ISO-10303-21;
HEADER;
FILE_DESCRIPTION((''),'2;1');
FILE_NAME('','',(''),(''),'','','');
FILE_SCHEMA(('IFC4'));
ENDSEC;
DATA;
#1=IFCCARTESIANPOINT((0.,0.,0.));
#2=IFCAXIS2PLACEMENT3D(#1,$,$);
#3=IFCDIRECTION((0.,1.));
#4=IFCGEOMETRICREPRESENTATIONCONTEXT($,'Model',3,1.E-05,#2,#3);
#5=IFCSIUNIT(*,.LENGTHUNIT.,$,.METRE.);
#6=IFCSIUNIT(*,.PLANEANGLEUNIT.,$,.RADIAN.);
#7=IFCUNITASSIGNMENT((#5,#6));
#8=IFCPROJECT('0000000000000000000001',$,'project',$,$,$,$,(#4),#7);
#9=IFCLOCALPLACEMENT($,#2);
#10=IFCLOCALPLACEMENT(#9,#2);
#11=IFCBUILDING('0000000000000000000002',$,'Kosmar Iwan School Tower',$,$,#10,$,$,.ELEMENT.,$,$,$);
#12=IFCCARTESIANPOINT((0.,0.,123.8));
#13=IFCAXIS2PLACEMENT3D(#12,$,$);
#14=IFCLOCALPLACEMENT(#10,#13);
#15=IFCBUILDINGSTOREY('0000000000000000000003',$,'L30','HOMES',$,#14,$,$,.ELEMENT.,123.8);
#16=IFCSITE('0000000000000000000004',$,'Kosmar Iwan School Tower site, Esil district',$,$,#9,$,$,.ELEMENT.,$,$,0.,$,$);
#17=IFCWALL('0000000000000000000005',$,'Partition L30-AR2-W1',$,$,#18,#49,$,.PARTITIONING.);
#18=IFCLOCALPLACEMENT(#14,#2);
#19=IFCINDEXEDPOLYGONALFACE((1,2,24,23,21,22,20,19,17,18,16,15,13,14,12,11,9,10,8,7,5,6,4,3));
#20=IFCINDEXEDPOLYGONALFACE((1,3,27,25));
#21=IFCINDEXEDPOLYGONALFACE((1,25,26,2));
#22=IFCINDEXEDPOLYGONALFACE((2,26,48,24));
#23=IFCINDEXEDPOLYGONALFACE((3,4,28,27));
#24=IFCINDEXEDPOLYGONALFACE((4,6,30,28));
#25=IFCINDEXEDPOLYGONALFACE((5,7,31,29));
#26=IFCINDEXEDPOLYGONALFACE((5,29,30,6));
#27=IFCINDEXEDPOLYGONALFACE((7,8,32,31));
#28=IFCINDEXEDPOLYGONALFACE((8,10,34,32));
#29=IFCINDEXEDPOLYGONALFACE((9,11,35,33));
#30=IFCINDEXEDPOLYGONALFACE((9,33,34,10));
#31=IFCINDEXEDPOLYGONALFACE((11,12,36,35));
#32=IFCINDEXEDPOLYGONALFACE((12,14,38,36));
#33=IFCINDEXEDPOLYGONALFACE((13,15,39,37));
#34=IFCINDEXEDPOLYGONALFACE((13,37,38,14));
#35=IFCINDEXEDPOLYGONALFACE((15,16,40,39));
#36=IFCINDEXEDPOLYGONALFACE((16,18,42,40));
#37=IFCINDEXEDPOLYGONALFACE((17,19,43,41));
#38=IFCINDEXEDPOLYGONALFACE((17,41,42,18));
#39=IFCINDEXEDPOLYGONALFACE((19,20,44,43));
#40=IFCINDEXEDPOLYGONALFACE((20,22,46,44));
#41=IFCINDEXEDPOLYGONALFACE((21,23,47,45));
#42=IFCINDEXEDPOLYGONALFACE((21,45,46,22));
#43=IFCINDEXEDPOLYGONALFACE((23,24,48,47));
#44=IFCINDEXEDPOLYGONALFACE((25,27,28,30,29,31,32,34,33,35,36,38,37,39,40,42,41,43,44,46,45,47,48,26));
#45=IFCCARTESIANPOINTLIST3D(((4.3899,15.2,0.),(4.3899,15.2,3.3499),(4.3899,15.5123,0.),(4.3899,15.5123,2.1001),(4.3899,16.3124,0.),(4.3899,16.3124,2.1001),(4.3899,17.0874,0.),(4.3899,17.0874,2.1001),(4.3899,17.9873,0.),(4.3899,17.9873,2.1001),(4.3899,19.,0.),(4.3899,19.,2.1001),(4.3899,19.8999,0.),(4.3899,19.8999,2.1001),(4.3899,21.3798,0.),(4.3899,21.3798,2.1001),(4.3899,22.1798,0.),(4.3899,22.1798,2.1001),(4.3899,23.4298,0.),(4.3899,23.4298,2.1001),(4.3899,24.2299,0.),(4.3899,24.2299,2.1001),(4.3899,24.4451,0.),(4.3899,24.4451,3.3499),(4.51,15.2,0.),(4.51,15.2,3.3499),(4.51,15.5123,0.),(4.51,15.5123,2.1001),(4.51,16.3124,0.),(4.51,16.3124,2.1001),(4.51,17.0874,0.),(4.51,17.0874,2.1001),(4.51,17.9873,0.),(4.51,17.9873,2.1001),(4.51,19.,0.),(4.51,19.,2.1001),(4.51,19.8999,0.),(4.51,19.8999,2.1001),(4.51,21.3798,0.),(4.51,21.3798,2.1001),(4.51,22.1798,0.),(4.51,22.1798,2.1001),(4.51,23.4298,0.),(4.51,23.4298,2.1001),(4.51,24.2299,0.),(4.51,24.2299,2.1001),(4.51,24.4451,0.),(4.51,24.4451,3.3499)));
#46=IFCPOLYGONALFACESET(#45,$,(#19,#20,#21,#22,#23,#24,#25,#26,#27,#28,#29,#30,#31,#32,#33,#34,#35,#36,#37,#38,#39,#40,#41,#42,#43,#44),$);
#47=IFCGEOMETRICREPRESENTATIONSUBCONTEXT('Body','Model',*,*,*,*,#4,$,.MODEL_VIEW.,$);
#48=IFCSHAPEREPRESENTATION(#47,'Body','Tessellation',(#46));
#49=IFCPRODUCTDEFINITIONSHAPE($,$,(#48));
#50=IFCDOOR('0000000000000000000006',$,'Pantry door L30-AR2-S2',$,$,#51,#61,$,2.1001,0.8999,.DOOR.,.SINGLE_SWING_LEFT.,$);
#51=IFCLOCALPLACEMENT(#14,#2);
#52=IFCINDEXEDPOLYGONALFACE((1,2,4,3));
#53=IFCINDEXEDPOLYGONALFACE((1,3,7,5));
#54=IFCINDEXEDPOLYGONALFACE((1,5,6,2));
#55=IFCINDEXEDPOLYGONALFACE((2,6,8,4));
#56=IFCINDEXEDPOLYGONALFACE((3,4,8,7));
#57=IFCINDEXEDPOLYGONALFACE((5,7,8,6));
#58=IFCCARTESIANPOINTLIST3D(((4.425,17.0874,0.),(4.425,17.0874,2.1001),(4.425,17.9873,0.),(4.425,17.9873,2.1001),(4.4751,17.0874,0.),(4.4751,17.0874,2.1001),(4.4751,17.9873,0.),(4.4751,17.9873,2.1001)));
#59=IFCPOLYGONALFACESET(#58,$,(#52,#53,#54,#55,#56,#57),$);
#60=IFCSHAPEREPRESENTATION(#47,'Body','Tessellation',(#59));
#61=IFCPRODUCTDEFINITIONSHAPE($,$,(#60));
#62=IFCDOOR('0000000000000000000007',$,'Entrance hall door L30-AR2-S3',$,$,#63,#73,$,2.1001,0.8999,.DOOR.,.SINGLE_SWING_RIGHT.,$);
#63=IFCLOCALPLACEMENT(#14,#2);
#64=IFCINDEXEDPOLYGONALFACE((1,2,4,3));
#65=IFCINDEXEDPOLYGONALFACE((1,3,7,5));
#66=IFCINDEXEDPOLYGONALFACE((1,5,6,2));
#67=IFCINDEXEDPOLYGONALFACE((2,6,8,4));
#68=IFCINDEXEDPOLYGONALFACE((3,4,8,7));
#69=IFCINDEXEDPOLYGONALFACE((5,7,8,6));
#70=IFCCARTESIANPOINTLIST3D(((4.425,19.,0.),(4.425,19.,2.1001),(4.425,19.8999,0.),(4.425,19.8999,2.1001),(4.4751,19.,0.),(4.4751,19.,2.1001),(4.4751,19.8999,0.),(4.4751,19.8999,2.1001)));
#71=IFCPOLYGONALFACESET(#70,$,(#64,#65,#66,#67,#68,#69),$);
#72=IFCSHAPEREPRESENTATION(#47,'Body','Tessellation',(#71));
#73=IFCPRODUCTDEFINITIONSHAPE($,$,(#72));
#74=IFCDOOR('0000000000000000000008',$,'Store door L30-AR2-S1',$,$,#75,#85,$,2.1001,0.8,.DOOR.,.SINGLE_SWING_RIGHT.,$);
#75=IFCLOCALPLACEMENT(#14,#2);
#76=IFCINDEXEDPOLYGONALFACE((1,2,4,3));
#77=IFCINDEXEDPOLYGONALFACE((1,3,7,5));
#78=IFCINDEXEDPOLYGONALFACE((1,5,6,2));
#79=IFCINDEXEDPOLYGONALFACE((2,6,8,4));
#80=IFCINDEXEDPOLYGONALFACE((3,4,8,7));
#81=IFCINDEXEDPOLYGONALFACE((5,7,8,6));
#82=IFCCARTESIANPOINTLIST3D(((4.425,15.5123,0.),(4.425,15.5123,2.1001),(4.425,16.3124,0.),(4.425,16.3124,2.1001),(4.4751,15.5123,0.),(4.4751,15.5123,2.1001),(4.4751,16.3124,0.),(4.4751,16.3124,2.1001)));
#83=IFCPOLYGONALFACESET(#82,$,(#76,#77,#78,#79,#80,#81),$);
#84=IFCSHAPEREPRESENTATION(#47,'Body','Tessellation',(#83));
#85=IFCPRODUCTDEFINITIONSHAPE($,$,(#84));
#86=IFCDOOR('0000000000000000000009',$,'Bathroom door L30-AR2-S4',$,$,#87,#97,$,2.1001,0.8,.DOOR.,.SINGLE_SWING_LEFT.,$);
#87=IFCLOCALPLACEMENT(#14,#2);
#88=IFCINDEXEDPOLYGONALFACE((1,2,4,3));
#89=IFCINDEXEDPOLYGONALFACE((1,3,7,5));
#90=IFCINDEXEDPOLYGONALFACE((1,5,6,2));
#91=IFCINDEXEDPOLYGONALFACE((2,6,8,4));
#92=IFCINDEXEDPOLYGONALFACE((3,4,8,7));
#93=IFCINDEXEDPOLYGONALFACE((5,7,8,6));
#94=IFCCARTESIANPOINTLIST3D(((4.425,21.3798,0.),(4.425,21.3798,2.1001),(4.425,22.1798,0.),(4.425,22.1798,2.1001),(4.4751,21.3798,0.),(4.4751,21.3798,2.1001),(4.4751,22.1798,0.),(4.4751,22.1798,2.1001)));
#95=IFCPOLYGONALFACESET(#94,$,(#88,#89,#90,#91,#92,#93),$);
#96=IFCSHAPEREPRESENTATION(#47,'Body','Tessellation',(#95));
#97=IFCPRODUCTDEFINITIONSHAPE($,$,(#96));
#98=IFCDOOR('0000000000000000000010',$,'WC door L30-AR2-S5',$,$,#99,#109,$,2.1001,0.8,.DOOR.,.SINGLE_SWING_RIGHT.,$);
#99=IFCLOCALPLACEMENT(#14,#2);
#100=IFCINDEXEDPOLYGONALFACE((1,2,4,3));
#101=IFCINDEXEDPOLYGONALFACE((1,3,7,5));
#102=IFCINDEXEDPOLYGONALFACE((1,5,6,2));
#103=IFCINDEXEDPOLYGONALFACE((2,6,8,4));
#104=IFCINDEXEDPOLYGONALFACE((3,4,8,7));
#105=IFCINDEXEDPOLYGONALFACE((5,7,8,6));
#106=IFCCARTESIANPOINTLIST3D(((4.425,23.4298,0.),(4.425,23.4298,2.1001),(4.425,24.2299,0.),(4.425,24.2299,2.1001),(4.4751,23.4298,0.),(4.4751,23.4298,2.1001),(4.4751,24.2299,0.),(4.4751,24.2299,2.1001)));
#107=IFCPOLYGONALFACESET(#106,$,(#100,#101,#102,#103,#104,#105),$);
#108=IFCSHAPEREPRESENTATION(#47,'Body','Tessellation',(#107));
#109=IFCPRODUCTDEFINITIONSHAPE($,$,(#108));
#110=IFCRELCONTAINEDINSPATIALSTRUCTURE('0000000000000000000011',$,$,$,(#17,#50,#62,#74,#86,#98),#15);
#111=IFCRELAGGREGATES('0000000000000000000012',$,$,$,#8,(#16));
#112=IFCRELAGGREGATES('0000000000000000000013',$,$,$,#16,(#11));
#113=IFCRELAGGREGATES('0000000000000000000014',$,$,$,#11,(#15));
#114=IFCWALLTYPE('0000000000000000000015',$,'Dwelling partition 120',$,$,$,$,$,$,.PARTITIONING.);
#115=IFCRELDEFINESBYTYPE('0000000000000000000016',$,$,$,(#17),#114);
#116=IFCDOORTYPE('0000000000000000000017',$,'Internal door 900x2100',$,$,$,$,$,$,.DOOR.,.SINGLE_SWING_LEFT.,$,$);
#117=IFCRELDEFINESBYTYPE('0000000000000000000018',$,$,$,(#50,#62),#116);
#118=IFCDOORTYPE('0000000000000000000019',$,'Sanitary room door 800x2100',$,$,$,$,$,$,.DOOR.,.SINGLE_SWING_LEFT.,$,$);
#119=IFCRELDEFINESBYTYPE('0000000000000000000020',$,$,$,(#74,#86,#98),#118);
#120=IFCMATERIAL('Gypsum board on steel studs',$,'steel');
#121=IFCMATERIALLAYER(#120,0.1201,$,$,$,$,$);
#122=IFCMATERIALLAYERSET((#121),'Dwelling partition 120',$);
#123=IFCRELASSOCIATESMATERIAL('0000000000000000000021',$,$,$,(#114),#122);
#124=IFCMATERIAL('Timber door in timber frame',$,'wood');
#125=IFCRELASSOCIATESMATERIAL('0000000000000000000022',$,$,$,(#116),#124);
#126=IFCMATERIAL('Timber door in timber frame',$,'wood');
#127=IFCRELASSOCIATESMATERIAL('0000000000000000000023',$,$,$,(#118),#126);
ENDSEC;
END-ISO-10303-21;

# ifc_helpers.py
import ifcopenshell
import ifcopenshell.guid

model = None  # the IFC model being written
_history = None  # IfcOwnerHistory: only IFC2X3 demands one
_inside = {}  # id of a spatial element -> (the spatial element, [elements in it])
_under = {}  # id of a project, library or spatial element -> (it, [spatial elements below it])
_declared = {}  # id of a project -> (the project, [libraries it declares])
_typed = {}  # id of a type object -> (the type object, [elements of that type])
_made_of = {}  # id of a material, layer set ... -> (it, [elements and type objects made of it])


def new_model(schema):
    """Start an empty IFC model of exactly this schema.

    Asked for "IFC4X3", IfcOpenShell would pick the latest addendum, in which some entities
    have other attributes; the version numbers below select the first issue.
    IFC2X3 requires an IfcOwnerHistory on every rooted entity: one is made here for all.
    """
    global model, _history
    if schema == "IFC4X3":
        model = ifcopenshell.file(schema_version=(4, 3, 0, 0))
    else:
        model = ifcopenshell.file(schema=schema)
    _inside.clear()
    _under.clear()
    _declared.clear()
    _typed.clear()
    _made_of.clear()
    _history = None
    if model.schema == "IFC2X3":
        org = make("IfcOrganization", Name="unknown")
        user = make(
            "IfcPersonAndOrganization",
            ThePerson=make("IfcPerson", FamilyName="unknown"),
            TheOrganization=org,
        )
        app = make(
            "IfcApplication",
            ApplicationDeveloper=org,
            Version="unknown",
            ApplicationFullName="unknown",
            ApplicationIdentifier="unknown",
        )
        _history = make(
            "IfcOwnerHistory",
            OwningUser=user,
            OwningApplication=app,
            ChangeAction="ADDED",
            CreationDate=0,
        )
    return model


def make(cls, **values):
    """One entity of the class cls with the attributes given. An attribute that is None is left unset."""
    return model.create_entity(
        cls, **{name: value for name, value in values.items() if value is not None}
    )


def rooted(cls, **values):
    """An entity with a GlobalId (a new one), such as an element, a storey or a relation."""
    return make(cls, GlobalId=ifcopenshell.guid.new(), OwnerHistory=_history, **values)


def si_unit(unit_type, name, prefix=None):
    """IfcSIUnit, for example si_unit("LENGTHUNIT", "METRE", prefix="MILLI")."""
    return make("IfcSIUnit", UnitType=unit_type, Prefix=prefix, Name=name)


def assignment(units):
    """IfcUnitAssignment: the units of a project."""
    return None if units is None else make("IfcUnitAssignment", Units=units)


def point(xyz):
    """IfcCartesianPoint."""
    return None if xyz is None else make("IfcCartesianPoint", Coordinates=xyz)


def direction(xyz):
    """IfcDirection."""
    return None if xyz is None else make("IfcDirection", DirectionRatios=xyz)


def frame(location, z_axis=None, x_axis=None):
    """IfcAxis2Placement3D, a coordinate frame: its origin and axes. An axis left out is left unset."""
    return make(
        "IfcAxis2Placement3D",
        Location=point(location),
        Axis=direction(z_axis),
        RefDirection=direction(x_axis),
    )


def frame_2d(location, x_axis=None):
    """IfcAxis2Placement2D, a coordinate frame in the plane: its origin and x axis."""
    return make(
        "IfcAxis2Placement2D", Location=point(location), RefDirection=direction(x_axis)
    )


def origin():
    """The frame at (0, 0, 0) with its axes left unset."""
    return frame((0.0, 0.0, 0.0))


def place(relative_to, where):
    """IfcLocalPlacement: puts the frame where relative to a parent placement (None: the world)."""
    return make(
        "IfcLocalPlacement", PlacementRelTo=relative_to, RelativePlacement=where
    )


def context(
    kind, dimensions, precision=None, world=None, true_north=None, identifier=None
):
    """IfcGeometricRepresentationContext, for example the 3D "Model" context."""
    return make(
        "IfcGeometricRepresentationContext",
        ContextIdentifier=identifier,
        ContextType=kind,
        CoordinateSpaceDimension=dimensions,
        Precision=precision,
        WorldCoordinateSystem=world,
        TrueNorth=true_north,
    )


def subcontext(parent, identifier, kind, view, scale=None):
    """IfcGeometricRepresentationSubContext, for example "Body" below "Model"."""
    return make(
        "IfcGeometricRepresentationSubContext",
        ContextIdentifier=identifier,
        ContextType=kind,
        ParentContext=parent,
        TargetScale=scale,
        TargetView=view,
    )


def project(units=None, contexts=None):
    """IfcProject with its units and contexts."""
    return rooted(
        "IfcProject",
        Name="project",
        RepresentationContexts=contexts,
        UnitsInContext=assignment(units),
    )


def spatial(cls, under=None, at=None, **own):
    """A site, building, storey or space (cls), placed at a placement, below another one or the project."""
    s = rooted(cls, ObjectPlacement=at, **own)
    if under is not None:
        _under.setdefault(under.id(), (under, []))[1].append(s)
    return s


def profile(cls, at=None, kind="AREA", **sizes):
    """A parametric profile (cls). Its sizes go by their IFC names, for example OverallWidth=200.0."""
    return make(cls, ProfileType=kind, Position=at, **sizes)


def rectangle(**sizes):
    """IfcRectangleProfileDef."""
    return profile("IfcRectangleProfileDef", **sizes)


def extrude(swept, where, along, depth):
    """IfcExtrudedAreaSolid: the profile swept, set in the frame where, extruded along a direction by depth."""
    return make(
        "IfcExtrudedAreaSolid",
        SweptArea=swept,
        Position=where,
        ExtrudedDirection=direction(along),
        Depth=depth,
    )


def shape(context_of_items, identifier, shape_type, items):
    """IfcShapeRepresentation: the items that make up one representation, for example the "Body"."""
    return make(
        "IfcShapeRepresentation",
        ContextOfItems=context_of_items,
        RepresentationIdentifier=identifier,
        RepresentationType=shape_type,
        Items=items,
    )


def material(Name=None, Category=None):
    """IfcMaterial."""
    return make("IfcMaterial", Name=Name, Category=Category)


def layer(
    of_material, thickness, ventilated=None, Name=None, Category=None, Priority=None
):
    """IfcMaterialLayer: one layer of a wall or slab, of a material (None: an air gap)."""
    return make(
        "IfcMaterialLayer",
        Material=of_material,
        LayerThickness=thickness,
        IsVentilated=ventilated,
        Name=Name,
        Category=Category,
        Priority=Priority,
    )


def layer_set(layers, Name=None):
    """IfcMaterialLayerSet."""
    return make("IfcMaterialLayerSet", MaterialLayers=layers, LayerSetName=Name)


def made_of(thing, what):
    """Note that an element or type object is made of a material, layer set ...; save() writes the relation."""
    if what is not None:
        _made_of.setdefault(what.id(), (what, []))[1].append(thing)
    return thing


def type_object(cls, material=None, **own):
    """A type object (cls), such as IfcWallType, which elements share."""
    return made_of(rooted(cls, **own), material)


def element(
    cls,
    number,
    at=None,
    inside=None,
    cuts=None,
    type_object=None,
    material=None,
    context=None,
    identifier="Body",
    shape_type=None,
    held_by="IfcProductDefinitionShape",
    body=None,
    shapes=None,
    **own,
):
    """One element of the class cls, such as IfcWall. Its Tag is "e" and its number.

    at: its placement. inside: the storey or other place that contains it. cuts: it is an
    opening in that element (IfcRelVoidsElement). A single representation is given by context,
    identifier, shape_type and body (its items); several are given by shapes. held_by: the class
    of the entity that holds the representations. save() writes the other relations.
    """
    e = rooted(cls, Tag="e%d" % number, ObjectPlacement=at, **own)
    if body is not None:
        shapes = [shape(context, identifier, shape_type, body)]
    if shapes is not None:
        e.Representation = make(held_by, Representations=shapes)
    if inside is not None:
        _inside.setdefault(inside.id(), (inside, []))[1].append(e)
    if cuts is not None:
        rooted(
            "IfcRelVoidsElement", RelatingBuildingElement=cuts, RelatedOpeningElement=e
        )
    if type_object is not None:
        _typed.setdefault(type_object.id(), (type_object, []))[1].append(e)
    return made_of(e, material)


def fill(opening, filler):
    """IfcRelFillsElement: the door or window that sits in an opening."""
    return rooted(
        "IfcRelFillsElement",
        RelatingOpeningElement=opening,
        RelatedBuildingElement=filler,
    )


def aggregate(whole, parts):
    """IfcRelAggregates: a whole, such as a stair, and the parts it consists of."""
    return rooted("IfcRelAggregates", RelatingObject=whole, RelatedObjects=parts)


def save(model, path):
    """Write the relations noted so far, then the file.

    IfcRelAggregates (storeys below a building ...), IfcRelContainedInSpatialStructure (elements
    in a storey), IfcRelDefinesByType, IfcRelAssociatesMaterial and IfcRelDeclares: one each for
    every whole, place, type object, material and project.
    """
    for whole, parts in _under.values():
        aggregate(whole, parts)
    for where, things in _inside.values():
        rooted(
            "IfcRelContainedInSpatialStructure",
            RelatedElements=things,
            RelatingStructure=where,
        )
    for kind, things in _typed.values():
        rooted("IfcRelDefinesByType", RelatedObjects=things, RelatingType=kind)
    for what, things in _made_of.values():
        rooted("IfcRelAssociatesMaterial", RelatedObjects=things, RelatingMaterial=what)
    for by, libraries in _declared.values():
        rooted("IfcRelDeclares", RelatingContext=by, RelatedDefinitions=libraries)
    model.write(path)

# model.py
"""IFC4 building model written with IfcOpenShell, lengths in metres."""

from ifc_helpers import new_model, si_unit, direction, frame, frame_2d, origin, place, context, subcontext, project, spatial, rectangle, extrude, material, layer, layer_set, type_object, element, fill, save


model = new_model("IFC4")

# Units and contexts
model_context = context("Model", 3, precision=1e-05, world=origin(), true_north=direction((0.0, 1.0)))
body_context = subcontext(model_context, "Body", "Model", "MODEL_VIEW")
ifc_project = project(units=[si_unit("LENGTHUNIT", "METRE"), si_unit("PLANEANGLEUNIT", "RADIAN")], contexts=[model_context])

# Site, building, storey
site_placement = place(None, origin())
site = spatial("IfcSite", under=ifc_project, at=site_placement, Name="Kosmar Iwan School Tower site, Esil district", CompositionType="ELEMENT", RefElevation=0.0)
building_placement = place(site_placement, origin())
building = spatial("IfcBuilding", under=site, at=building_placement, Name="Kosmar Iwan School Tower", CompositionType="ELEMENT")
storey_placement = place(building_placement, frame((0.0, 0.0, 123.8)))
storey = spatial("IfcBuildingStorey", under=building, at=storey_placement, Name="L30", Description="HOMES", CompositionType="ELEMENT", Elevation=123.8)

# Shared definitions
ifc_material_1 = material(Name="Gypsum board on steel studs", Category="steel")
ifc_layer_1 = layer(ifc_material_1, 0.1201)
ifc_layer_set_1 = layer_set([ifc_layer_1], Name="Dwelling partition 120")
wall_type_1 = type_object("IfcWallType", Name="Dwelling partition 120", PredefinedType="PARTITIONING", material=ifc_layer_set_1)

# Wall, openings, doors
wall_1_placement = place(storey_placement, frame((4.45, 15.2, 0.0), z_axis=(0.0, 0.0, 1.0), x_axis=(0.0, 1.0, 0.0)))
wall_1 = element("IfcWall", 1, at=wall_1_placement, inside=storey, type_object=wall_type_1, Name="Partition L30-AR2-W1", PredefinedType="PARTITIONING", context=body_context, shape_type="SweptSolid", body=[
    extrude(rectangle(XDim=9.2451, YDim=0.1201, at=frame_2d((4.6226, 0.0))), origin(), (0.0, 0.0, 1.0), 3.3499),
])
opening_1_placement = place(wall_1_placement, frame((0.3125, 0.0, 0.0)))
opening_1 = element("IfcOpeningElement", 2, at=opening_1_placement, cuts=wall_1, PredefinedType="OPENING", context=body_context, shape_type="SweptSolid", body=[
    extrude(rectangle(XDim=0.8, YDim=2.1001, at=frame_2d((0.3999, 1.05))), frame((0.0, 0.072, 0.0), z_axis=(0.0, -1.0, 0.0), x_axis=(1.0, 0.0, 0.0)), (0.0, 0.0, 1.0), 0.144),
])
opening_2_placement = place(wall_1_placement, frame((1.8875, 0.0, 0.0)))
opening_2 = element("IfcOpeningElement", 3, at=opening_2_placement, cuts=wall_1, PredefinedType="OPENING", context=body_context, shape_type="SweptSolid", body=[
    extrude(rectangle(XDim=0.8999, YDim=2.1001, at=frame_2d((0.45, 1.05))), frame((0.0, 0.072, 0.0), z_axis=(0.0, -1.0, 0.0), x_axis=(1.0, 0.0, 0.0)), (0.0, 0.0, 1.0), 0.144),
])
opening_3_placement = place(wall_1_placement, frame((3.8, 0.0, 0.0)))
opening_3 = element("IfcOpeningElement", 4, at=opening_3_placement, cuts=wall_1, PredefinedType="OPENING", context=body_context, shape_type="SweptSolid", body=[
    extrude(rectangle(XDim=0.8999, YDim=2.1001, at=frame_2d((0.45, 1.05))), frame((0.0, 0.072, 0.0), z_axis=(0.0, -1.0, 0.0), x_axis=(1.0, 0.0, 0.0)), (0.0, 0.0, 1.0), 0.144),
])
opening_4_placement = place(wall_1_placement, frame((6.1799, 0.0, 0.0)))
opening_4 = element("IfcOpeningElement", 5, at=opening_4_placement, cuts=wall_1, PredefinedType="OPENING", context=body_context, shape_type="SweptSolid", body=[
    extrude(rectangle(XDim=0.8, YDim=2.1001, at=frame_2d((0.3999, 1.05))), frame((0.0, 0.072, 0.0), z_axis=(0.0, -1.0, 0.0), x_axis=(1.0, 0.0, 0.0)), (0.0, 0.0, 1.0), 0.144),
])
opening_5_placement = place(wall_1_placement, frame((8.23, 0.0, 0.0)))
opening_5 = element("IfcOpeningElement", 6, at=opening_5_placement, cuts=wall_1, PredefinedType="OPENING", context=body_context, shape_type="SweptSolid", body=[
    extrude(rectangle(XDim=0.8, YDim=2.1001, at=frame_2d((0.3999, 1.05))), frame((0.0, 0.072, 0.0), z_axis=(0.0, -1.0, 0.0), x_axis=(1.0, 0.0, 0.0)), (0.0, 0.0, 1.0), 0.144),
])
ifc_material_2 = material(Name="Timber door in timber frame", Category="wood")
door_type_1 = type_object("IfcDoorType", Name="Internal door 900x2100", OperationType="SINGLE_SWING_LEFT", PredefinedType="DOOR", material=ifc_material_2)
door_1_placement = place(opening_2_placement, origin())
door_1 = element("IfcDoor", 7, at=door_1_placement, inside=storey, type_object=door_type_1, Name="Pantry door L30-AR2-S2", OperationType="SINGLE_SWING_LEFT", OverallHeight=2.1001, OverallWidth=0.8999, PredefinedType="DOOR", context=body_context, shape_type="SweptSolid", body=[
    extrude(rectangle(XDim=0.8999, YDim=2.1001, at=frame_2d((0.45, 1.05))), frame((0.0, 0.0249, 0.0), z_axis=(0.0, -1.0, 0.0), x_axis=(1.0, 0.0, 0.0)), (0.0, 0.0, 1.0), 0.05),
])
fill(opening_2, door_1)
door_2_placement = place(opening_3_placement, origin())
door_2 = element("IfcDoor", 8, at=door_2_placement, inside=storey, type_object=door_type_1, Name="Entrance hall door L30-AR2-S3", OperationType="SINGLE_SWING_RIGHT", OverallHeight=2.1001, OverallWidth=0.8999, PredefinedType="DOOR", context=body_context, shape_type="SweptSolid", body=[
    extrude(rectangle(XDim=0.8999, YDim=2.1001, at=frame_2d((0.45, 1.05))), frame((0.0, 0.0249, 0.0), z_axis=(0.0, -1.0, 0.0), x_axis=(1.0, 0.0, 0.0)), (0.0, 0.0, 1.0), 0.05),
])
fill(opening_3, door_2)
ifc_material_3 = material(Name="Timber door in timber frame", Category="wood")
door_type_2 = type_object("IfcDoorType", Name="Sanitary room door 800x2100", OperationType="SINGLE_SWING_LEFT", PredefinedType="DOOR", material=ifc_material_3)
door_3_placement = place(opening_1_placement, origin())
door_3 = element("IfcDoor", 9, at=door_3_placement, inside=storey, type_object=door_type_2, Name="Store door L30-AR2-S1", OperationType="SINGLE_SWING_RIGHT", OverallHeight=2.1001, OverallWidth=0.8, PredefinedType="DOOR", context=body_context, shape_type="SweptSolid", body=[
    extrude(rectangle(XDim=0.8, YDim=2.1001, at=frame_2d((0.3999, 1.05))), frame((0.0, 0.0249, 0.0), z_axis=(0.0, -1.0, 0.0), x_axis=(1.0, 0.0, 0.0)), (0.0, 0.0, 1.0), 0.05),
])
fill(opening_1, door_3)
door_4_placement = place(opening_4_placement, origin())
door_4 = element("IfcDoor", 10, at=door_4_placement, inside=storey, type_object=door_type_2, Name="Bathroom door L30-AR2-S4", OperationType="SINGLE_SWING_LEFT", OverallHeight=2.1001, OverallWidth=0.8, PredefinedType="DOOR", context=body_context, shape_type="SweptSolid", body=[
    extrude(rectangle(XDim=0.8, YDim=2.1001, at=frame_2d((0.3999, 1.05))), frame((0.0, 0.0249, 0.0), z_axis=(0.0, -1.0, 0.0), x_axis=(1.0, 0.0, 0.0)), (0.0, 0.0, 1.0), 0.05),
])
fill(opening_4, door_4)
door_5_placement = place(opening_5_placement, origin())
door_5 = element("IfcDoor", 11, at=door_5_placement, inside=storey, type_object=door_type_2, Name="WC door L30-AR2-S5", OperationType="SINGLE_SWING_RIGHT", OverallHeight=2.1001, OverallWidth=0.8, PredefinedType="DOOR", context=body_context, shape_type="SweptSolid", body=[
    extrude(rectangle(XDim=0.8, YDim=2.1001, at=frame_2d((0.3999, 1.05))), frame((0.0, 0.0249, 0.0), z_axis=(0.0, -1.0, 0.0), x_axis=(1.0, 0.0, 0.0)), (0.0, 0.0, 1.0), 0.05),
])
fill(opening_5, door_5)

save(model, "model.ifc")
